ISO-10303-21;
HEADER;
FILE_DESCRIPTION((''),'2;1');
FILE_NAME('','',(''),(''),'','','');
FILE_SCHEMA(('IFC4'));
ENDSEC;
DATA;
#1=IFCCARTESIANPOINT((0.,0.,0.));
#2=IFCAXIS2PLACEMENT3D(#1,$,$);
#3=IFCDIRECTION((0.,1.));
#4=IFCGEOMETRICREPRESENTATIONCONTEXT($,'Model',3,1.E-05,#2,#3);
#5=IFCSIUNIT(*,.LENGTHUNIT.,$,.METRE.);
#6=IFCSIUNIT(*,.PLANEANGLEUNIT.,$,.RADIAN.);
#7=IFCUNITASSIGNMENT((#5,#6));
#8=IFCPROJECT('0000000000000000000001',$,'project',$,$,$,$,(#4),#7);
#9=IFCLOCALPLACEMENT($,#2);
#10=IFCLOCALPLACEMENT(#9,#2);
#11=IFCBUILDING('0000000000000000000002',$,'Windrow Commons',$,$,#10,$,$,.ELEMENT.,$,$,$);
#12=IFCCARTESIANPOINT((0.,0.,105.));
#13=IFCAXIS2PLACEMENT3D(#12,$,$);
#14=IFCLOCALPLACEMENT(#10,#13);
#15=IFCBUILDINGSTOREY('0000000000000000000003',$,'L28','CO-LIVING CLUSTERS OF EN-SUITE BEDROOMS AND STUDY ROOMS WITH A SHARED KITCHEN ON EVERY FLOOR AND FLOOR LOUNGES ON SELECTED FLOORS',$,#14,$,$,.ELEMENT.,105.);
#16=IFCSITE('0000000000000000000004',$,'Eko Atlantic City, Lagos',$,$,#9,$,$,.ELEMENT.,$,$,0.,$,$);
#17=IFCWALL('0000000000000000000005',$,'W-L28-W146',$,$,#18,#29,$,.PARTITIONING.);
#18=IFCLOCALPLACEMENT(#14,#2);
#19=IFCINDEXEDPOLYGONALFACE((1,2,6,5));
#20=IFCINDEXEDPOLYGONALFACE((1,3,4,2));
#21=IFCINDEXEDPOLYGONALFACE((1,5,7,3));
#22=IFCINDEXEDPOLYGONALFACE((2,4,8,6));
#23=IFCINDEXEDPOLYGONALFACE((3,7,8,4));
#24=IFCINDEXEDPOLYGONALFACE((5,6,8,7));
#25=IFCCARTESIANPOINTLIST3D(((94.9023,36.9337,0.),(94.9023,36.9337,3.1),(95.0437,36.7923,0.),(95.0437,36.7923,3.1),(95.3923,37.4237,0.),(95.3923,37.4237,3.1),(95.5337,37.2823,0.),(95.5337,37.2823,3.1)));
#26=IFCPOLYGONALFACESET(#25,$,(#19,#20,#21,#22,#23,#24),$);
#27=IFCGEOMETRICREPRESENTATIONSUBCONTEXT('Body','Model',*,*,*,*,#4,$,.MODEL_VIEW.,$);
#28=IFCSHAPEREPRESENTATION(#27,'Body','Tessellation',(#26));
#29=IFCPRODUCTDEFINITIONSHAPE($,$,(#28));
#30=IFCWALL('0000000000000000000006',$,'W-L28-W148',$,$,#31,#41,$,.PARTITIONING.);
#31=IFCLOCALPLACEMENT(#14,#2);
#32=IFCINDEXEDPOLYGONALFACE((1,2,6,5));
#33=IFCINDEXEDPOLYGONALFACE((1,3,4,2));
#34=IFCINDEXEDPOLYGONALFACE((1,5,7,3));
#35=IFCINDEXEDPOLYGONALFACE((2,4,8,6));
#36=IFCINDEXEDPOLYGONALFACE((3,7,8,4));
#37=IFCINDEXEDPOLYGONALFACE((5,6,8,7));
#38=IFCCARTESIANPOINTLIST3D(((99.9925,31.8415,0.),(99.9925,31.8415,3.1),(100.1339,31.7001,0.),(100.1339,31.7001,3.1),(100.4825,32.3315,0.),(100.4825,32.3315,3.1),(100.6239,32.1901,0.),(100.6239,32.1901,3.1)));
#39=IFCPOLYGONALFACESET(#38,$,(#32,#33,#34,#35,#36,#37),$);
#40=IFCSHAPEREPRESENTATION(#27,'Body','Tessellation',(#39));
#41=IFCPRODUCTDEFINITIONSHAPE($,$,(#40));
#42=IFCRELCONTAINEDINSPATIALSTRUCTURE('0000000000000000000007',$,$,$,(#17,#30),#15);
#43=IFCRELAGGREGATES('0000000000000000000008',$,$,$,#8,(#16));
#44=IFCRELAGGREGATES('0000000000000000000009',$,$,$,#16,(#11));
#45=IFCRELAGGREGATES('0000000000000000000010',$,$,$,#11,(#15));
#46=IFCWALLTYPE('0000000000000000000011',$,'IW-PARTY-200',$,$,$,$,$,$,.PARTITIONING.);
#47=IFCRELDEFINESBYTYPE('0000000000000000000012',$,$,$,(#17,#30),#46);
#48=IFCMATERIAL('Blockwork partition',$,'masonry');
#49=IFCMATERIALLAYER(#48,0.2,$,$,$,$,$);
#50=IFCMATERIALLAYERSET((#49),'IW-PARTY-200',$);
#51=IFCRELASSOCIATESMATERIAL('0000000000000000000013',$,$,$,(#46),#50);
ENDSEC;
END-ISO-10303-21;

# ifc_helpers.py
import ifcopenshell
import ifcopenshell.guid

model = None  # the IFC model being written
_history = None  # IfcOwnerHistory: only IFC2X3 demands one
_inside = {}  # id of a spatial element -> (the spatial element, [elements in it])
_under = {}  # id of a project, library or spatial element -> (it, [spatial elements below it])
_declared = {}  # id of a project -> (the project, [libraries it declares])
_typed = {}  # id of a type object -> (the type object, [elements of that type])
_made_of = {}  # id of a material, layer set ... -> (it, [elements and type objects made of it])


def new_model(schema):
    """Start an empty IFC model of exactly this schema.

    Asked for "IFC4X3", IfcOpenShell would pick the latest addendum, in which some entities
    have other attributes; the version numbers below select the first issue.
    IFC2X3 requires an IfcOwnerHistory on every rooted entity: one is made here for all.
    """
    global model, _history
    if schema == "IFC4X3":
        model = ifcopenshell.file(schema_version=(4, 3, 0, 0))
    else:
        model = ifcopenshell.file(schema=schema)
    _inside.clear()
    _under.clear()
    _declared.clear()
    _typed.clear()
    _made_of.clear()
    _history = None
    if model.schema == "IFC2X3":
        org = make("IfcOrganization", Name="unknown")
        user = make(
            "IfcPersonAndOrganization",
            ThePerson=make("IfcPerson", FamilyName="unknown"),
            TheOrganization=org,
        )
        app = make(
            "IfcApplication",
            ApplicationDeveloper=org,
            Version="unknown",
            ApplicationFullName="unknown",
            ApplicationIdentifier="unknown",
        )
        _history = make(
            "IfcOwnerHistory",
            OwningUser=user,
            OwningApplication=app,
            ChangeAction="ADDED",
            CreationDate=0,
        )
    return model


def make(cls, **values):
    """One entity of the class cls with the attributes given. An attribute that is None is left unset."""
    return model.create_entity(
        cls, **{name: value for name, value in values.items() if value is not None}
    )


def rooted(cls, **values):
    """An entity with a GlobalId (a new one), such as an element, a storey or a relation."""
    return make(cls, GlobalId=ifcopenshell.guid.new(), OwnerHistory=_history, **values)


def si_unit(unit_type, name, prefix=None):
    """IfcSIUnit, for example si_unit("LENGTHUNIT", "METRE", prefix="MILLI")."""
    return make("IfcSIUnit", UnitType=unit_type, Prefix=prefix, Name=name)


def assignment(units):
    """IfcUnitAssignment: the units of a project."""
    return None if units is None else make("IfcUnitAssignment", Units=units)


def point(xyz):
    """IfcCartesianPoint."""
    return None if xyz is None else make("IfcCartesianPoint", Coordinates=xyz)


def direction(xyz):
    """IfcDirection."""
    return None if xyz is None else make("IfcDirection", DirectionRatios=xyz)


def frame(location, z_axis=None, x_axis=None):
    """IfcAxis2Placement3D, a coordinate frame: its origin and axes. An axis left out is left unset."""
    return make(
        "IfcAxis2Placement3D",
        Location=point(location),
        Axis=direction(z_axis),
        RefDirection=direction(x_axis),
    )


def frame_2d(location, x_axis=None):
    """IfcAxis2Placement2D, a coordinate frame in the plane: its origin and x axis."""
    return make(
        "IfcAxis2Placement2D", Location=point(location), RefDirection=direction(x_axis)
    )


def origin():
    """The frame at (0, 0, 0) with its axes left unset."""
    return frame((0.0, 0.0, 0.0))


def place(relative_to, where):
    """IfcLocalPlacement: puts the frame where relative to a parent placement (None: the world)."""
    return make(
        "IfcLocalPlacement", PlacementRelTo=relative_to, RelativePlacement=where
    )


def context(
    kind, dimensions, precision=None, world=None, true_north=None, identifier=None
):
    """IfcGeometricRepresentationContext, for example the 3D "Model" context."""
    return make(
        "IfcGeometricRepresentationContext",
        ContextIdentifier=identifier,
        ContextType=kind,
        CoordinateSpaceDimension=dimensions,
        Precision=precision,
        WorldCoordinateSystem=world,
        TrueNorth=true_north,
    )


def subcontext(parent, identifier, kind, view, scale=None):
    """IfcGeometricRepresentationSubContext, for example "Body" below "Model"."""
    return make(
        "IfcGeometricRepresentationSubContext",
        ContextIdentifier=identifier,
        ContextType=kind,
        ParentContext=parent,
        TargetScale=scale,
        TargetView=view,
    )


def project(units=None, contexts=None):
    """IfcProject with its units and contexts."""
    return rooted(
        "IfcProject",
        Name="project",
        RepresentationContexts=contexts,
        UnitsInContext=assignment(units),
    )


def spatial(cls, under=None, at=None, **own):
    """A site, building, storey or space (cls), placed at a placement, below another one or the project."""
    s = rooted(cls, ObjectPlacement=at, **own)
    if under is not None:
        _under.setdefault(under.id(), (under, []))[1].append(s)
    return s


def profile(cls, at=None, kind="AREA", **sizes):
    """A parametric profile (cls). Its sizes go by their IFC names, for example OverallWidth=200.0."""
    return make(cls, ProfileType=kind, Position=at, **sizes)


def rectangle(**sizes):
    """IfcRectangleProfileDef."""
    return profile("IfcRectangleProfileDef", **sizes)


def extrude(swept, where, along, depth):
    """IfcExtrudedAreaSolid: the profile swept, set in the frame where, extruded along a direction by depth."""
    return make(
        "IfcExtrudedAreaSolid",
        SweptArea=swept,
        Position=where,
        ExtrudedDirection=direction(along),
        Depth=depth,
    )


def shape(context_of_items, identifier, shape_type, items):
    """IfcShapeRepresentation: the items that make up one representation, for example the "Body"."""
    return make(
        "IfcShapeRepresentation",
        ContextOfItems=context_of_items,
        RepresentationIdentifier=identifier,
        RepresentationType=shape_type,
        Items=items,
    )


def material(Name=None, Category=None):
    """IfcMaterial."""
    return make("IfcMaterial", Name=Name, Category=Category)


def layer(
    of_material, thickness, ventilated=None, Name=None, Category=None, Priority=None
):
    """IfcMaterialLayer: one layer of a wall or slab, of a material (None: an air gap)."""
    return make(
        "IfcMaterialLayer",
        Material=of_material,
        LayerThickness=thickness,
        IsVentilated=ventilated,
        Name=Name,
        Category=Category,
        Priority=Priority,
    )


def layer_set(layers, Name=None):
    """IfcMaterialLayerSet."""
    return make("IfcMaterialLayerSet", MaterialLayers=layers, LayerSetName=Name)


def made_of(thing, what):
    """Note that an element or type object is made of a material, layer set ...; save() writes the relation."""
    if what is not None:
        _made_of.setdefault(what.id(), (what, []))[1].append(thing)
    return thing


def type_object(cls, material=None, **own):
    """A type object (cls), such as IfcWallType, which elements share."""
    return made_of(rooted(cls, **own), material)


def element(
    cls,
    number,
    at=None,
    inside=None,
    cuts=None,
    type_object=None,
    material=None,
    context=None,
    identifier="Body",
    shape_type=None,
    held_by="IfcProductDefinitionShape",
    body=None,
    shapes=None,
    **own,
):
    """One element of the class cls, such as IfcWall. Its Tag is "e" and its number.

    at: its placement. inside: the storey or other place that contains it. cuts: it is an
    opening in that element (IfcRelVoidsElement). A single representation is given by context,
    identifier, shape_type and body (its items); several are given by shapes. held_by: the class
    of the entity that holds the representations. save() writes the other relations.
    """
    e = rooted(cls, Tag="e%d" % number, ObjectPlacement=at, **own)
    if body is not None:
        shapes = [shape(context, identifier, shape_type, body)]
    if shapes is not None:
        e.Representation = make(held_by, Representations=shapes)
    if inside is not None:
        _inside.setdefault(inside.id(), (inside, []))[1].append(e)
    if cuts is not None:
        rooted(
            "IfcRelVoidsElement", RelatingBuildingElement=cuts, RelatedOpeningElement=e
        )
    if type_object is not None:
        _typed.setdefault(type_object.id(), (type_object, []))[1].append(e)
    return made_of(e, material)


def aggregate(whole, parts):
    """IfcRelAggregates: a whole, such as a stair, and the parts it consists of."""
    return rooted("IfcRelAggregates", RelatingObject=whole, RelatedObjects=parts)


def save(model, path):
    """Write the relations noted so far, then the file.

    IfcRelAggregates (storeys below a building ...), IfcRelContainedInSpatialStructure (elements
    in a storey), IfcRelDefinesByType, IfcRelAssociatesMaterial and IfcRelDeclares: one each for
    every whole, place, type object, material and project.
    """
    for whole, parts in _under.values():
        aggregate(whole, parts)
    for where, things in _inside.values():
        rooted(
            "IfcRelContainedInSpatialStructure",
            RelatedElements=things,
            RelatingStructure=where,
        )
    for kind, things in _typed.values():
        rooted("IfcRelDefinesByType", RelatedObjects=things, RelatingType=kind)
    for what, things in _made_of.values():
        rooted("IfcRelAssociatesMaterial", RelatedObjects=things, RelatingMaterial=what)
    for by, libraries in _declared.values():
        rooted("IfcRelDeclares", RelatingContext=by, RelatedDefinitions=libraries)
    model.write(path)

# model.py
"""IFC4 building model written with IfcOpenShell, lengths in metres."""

from ifc_helpers import new_model, si_unit, direction, frame, frame_2d, origin, place, context, subcontext, project, spatial, rectangle, extrude, material, layer, layer_set, type_object, element, save


model = new_model("IFC4")

# Units and contexts
model_context = context("Model", 3, precision=1e-05, world=origin(), true_north=direction((0.0, 1.0)))
body_context = subcontext(model_context, "Body", "Model", "MODEL_VIEW")
ifc_project = project(units=[si_unit("LENGTHUNIT", "METRE"), si_unit("PLANEANGLEUNIT", "RADIAN")], contexts=[model_context])

# Site, building, storey
site_placement = place(None, origin())
site = spatial("IfcSite", under=ifc_project, at=site_placement, Name="Eko Atlantic City, Lagos", CompositionType="ELEMENT", RefElevation=0.0)
building_placement = place(site_placement, origin())
building = spatial("IfcBuilding", under=site, at=building_placement, Name="Windrow Commons", CompositionType="ELEMENT")
storey_placement = place(building_placement, frame((0.0, 0.0, 105.0)))
storey = spatial("IfcBuildingStorey", under=building, at=storey_placement, Name="L28", Description="CO-LIVING CLUSTERS OF EN-SUITE BEDROOMS AND STUDY ROOMS WITH A SHARED KITCHEN ON EVERY FLOOR AND FLOOR LOUNGES ON SELECTED FLOORS", CompositionType="ELEMENT", Elevation=105.0)

# Walls
ifc_material_1 = material(Name="Blockwork partition", Category="masonry")
ifc_layer_1 = layer(ifc_material_1, 0.2)
ifc_layer_set_1 = layer_set([ifc_layer_1], Name="IW-PARTY-200")
wall_type_1 = type_object("IfcWallType", Name="IW-PARTY-200", PredefinedType="PARTITIONING", material=ifc_layer_set_1)
for number, where, z_axis, x_axis, name in (
    (1, (94.973, 36.863, 0.0), (0.0, 0.0, 1.0), (0.707107, 0.707107, 0.0), "W-L28-W146"),
    (2, (100.0632, 31.7708, 0.0), (0.0, 0.0, 1.0), (0.707107, 0.707107, 0.0), "W-L28-W148"),
):
    element("IfcWall", number, at=place(storey_placement, frame(where, z_axis=z_axis, x_axis=x_axis)), inside=storey, type_object=wall_type_1, Name=name, PredefinedType="PARTITIONING", context=body_context, shape_type="SweptSolid", body=[
        extrude(rectangle(XDim=0.693, YDim=0.2, at=frame_2d((0.3465, 0.0))), origin(), (0.0, 0.0, 1.0), 3.1),
    ])

save(model, "model.ifc")
